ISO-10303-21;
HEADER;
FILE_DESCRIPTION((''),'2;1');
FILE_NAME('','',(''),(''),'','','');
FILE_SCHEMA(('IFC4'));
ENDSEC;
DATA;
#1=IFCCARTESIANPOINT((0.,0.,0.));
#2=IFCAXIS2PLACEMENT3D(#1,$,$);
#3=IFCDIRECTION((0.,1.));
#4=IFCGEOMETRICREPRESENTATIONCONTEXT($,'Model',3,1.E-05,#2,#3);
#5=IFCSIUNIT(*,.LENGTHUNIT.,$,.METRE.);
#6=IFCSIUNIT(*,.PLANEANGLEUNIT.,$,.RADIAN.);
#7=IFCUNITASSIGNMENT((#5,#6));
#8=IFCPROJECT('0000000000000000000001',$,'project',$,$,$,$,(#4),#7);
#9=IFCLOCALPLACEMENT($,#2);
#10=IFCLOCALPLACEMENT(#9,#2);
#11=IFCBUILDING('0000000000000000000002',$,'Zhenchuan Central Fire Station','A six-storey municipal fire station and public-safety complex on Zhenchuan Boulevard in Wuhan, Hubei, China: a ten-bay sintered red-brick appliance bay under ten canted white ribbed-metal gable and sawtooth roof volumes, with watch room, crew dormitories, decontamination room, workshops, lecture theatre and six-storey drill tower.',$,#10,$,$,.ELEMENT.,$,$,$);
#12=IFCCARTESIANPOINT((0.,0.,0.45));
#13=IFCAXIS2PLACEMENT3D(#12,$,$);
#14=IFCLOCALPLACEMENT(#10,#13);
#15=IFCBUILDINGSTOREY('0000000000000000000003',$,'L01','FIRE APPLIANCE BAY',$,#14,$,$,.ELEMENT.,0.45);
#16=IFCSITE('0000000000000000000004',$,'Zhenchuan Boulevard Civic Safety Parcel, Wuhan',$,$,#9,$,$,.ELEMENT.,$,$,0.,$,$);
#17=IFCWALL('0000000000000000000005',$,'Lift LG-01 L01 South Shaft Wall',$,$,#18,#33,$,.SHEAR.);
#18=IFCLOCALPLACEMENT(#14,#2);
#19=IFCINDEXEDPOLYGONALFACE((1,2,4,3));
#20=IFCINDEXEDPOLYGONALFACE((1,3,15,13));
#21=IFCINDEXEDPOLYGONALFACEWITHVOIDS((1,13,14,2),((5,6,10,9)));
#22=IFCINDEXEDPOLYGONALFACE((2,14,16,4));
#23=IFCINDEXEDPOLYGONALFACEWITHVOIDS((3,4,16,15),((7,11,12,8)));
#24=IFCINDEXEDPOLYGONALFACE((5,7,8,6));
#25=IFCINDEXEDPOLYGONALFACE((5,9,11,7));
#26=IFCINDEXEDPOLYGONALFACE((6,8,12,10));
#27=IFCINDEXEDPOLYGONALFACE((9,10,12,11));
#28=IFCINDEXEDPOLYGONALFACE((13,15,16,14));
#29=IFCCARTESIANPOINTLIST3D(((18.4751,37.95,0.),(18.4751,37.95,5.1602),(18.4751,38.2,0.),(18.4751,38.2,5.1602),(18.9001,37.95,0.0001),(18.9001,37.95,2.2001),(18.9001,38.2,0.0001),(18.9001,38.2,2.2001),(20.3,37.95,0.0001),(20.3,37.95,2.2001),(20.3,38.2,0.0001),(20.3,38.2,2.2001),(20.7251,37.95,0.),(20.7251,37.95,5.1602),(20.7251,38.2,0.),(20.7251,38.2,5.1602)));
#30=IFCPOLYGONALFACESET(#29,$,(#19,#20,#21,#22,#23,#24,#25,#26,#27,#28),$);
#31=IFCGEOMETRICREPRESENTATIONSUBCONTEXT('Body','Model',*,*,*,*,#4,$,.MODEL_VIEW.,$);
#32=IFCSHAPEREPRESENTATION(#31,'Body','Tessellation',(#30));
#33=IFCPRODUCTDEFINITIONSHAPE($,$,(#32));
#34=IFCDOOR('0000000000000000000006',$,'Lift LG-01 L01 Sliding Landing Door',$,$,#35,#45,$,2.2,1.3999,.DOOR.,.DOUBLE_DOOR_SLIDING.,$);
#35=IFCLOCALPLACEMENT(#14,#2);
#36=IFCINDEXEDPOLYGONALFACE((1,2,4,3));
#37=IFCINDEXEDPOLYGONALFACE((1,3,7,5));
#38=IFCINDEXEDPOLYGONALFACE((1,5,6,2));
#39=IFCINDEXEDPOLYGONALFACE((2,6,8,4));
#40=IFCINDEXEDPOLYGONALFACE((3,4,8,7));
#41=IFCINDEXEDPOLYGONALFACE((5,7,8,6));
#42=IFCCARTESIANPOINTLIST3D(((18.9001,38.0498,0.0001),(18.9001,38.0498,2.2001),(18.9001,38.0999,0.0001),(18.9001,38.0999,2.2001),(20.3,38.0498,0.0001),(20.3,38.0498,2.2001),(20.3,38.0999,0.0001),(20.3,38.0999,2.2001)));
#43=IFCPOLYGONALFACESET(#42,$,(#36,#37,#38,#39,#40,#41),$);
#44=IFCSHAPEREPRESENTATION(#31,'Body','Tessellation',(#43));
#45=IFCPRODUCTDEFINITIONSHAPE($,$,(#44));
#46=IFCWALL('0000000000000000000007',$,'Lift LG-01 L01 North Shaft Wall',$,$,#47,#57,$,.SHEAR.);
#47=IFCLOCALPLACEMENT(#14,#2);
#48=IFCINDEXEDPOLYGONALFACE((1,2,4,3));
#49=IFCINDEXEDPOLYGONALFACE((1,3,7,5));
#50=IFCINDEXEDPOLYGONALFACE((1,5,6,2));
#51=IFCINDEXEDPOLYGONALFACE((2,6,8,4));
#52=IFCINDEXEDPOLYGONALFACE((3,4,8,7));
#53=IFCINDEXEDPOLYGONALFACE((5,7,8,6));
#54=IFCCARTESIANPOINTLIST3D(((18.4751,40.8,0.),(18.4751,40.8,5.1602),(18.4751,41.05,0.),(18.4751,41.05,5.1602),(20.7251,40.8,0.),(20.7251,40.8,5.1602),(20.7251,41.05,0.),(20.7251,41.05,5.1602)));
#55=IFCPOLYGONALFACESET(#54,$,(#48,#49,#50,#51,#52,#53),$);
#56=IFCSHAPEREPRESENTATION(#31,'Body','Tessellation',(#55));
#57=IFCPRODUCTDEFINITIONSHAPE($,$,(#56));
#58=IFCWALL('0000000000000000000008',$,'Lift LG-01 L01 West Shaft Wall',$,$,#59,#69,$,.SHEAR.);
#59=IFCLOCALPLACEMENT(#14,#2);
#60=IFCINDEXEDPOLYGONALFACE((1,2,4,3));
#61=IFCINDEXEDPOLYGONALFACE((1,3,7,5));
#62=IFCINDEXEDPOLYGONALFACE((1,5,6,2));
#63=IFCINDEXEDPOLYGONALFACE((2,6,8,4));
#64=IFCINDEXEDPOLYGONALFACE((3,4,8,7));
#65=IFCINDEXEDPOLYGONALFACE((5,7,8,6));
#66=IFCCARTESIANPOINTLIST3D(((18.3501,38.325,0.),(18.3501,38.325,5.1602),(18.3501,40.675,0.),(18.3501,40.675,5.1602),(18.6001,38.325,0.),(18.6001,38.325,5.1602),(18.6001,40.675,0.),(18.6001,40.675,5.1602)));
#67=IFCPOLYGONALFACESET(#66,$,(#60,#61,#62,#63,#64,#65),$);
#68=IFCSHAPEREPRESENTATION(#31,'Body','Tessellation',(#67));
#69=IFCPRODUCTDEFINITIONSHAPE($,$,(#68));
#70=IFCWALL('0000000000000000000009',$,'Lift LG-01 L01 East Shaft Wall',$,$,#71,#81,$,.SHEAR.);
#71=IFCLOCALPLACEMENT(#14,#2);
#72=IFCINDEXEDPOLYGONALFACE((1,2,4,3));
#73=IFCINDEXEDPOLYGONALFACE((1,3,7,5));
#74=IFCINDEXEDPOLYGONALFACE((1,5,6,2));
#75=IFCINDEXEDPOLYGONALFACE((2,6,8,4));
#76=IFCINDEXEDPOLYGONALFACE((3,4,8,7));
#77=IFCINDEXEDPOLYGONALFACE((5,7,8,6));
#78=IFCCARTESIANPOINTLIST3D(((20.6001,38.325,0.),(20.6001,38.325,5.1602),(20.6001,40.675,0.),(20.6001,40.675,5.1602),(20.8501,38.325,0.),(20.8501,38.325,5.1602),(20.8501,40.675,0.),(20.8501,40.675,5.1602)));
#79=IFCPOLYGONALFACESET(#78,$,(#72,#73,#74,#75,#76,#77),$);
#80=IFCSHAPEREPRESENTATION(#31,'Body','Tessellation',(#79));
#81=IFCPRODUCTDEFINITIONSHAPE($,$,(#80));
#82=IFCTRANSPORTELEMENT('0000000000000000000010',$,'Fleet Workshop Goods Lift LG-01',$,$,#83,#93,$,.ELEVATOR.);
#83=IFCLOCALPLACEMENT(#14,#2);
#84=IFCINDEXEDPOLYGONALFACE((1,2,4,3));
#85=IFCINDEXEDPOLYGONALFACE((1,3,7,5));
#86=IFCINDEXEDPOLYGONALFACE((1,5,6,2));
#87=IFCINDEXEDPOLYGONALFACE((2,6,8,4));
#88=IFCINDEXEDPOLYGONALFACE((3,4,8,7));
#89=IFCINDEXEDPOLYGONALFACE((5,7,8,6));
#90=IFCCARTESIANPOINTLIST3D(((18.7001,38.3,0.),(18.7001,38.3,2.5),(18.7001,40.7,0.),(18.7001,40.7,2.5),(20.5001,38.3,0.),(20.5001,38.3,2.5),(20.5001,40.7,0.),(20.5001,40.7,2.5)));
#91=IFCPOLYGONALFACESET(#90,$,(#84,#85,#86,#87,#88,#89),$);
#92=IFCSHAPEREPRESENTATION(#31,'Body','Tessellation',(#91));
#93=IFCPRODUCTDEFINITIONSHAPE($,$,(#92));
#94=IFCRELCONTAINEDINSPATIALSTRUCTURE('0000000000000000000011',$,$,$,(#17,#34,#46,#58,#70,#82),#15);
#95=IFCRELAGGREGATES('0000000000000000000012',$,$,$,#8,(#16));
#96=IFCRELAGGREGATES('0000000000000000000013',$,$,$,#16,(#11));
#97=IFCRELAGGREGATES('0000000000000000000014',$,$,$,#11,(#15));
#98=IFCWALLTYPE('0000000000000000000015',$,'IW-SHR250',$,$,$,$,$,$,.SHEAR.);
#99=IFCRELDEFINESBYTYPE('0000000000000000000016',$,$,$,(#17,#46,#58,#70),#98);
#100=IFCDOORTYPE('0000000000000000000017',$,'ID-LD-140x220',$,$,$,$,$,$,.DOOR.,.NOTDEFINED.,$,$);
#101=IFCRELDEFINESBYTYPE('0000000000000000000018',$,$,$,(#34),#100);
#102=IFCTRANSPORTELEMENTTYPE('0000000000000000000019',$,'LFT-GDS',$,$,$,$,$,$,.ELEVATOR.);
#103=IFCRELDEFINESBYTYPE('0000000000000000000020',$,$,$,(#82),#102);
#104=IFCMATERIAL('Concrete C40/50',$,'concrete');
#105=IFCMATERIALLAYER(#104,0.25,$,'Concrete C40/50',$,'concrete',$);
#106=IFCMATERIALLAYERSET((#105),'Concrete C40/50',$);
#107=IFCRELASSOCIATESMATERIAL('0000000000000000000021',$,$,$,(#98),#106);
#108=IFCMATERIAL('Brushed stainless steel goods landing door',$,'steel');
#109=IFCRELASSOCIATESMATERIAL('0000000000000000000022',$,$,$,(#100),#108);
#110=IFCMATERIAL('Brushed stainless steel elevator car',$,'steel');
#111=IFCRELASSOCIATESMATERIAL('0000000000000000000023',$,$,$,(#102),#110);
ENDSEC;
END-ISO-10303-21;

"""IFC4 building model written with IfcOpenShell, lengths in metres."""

from ifc_helpers import new_model, si_unit, direction, frame, frame_2d, origin, origin_2d, place, context, subcontext, project, spatial, rectangle, extrude, material, layer, layer_set, type_object, element, fill, save


model = new_model("IFC4")

# Units and contexts
model_context = context("Model", 3, precision=1e-05, world=origin(), true_north=direction((0.0, 1.0)))
body_context = subcontext(model_context, "Body", "Model", "MODEL_VIEW")
ifc_project = project(units=[si_unit("LENGTHUNIT", "METRE"), si_unit("PLANEANGLEUNIT", "RADIAN")], contexts=[model_context])

# Site, building, storey
site_placement = place(None, origin())
site = spatial("IfcSite", under=ifc_project, at=site_placement, Name="Zhenchuan Boulevard Civic Safety Parcel, Wuhan", CompositionType="ELEMENT", RefElevation=0.0)
building_placement = place(site_placement, origin())
building = spatial("IfcBuilding", under=site, at=building_placement, Name="Zhenchuan Central Fire Station", Description="A six-storey municipal fire station and public-safety complex on Zhenchuan Boulevard in Wuhan, Hubei, China: a ten-bay sintered red-brick appliance bay under ten canted white ribbed-metal gable and sawtooth roof volumes, with watch room, crew dormitories, decontamination room, workshops, lecture theatre and six-storey drill tower.", CompositionType="ELEMENT")
storey_placement = place(building_placement, frame((0.0, 0.0, 0.45)))
storey = spatial("IfcBuildingStorey", under=building, at=storey_placement, Name="L01", Description="FIRE APPLIANCE BAY", CompositionType="ELEMENT", Elevation=0.45)

# Shared definitions
ifc_material_1 = material(Name="Concrete C40/50", Category="concrete")
ifc_layer_1 = layer(ifc_material_1, 0.25, Name="Concrete C40/50", Category="concrete")
ifc_layer_set_1 = layer_set([ifc_layer_1], Name="Concrete C40/50")
wall_type_1 = type_object("IfcWallType", Name="IW-SHR250", PredefinedType="SHEAR", material=ifc_layer_set_1)

# Wall, opening, door
wall_1_placement = place(storey_placement, frame((18.4751, 38.075, 0.0), z_axis=(0.0, 0.0, 1.0), x_axis=(1.0, 0.0, 0.0)))
wall_1 = element("IfcWall", 1, at=wall_1_placement, inside=storey, type_object=wall_type_1, Name="Lift LG-01 L01 South Shaft Wall", PredefinedType="SHEAR", context=body_context, shape_type="SweptSolid", body=[
    extrude(rectangle(XDim=2.25, YDim=0.25, at=frame_2d((1.125, 0.0))), origin(), (0.0, 0.0, 1.0), 5.1602),
])
opening_placement = place(wall_1_placement, frame((0.425, 0.0, 0.0)))
opening = element("IfcOpeningElement", 2, at=opening_placement, cuts=wall_1, PredefinedType="OPENING", context=body_context, shape_type="SweptSolid", body=[
    extrude(rectangle(XDim=1.3999, YDim=2.2, at=frame_2d((0.7, 1.1001))), frame((0.0, 0.135, 0.0), z_axis=(0.0, -1.0, 0.0), x_axis=(1.0, 0.0, 0.0)), (0.0, 0.0, 1.0), 0.27),
])
ifc_material_2 = material(Name="Brushed stainless steel goods landing door", Category="steel")
door_type = type_object("IfcDoorType", Name="ID-LD-140x220", OperationType="NOTDEFINED", PredefinedType="DOOR", material=ifc_material_2)
door_placement = place(opening_placement, origin())
door = element("IfcDoor", 3, at=door_placement, inside=storey, type_object=door_type, Name="Lift LG-01 L01 Sliding Landing Door", OperationType="DOUBLE_DOOR_SLIDING", OverallHeight=2.2, OverallWidth=1.3999, PredefinedType="DOOR", context=body_context, shape_type="SweptSolid", body=[
    extrude(rectangle(XDim=1.3999, YDim=2.2, at=frame_2d((0.7, 1.1001))), frame((0.0, 0.0249, 0.0), z_axis=(0.0, -1.0, 0.0), x_axis=(1.0, 0.0, 0.0)), (0.0, 0.0, 1.0), 0.05),
])
fill(opening, door)

# Walls
wall_2_placement = place(storey_placement, frame((18.4751, 40.925, 0.0), z_axis=(0.0, 0.0, 1.0), x_axis=(1.0, 0.0, 0.0)))
element("IfcWall", 4, at=wall_2_placement, inside=storey, type_object=wall_type_1, Name="Lift LG-01 L01 North Shaft Wall", PredefinedType="SHEAR", context=body_context, shape_type="SweptSolid", body=[
    extrude(rectangle(XDim=2.25, YDim=0.25, at=frame_2d((1.125, 0.0))), origin(), (0.0, 0.0, 1.0), 5.1602),
])
for number, where, z_axis, x_axis, name in (
    (5, (18.4751, 38.325, 0.0), (0.0, 0.0, 1.0), (0.0, 1.0, 0.0), "Lift LG-01 L01 West Shaft Wall"),
    (6, (20.7251, 38.325, 0.0), (0.0, 0.0, 1.0), (0.0, 1.0, 0.0), "Lift LG-01 L01 East Shaft Wall"),
):
    element("IfcWall", number, at=place(storey_placement, frame(where, z_axis=z_axis, x_axis=x_axis)), inside=storey, type_object=wall_type_1, Name=name, PredefinedType="SHEAR", context=body_context, shape_type="SweptSolid", body=[
        extrude(rectangle(XDim=2.3501, YDim=0.25, at=frame_2d((1.175, 0.0))), origin(), (0.0, 0.0, 1.0), 5.1602),
    ])

# Transport element
ifc_material_3 = material(Name="Brushed stainless steel elevator car", Category="steel")
transport_element_type = type_object("IfcTransportElementType", Name="LFT-GDS", PredefinedType="ELEVATOR", material=ifc_material_3)
transport_element_placement = place(storey_placement, frame((19.6001, 39.5, 0.0), z_axis=(0.0, 0.0, 1.0), x_axis=(1.0, 0.0, 0.0)))
element("IfcTransportElement", 7, at=transport_element_placement, inside=storey, type_object=transport_element_type, Name="Fleet Workshop Goods Lift LG-01", PredefinedType="ELEVATOR", context=body_context, shape_type="SweptSolid", body=[
    extrude(rectangle(XDim=1.8, YDim=2.3999, at=origin_2d()), origin(), (0.0, 0.0, 1.0), 2.5),
])

save(model, "model.ifc")
